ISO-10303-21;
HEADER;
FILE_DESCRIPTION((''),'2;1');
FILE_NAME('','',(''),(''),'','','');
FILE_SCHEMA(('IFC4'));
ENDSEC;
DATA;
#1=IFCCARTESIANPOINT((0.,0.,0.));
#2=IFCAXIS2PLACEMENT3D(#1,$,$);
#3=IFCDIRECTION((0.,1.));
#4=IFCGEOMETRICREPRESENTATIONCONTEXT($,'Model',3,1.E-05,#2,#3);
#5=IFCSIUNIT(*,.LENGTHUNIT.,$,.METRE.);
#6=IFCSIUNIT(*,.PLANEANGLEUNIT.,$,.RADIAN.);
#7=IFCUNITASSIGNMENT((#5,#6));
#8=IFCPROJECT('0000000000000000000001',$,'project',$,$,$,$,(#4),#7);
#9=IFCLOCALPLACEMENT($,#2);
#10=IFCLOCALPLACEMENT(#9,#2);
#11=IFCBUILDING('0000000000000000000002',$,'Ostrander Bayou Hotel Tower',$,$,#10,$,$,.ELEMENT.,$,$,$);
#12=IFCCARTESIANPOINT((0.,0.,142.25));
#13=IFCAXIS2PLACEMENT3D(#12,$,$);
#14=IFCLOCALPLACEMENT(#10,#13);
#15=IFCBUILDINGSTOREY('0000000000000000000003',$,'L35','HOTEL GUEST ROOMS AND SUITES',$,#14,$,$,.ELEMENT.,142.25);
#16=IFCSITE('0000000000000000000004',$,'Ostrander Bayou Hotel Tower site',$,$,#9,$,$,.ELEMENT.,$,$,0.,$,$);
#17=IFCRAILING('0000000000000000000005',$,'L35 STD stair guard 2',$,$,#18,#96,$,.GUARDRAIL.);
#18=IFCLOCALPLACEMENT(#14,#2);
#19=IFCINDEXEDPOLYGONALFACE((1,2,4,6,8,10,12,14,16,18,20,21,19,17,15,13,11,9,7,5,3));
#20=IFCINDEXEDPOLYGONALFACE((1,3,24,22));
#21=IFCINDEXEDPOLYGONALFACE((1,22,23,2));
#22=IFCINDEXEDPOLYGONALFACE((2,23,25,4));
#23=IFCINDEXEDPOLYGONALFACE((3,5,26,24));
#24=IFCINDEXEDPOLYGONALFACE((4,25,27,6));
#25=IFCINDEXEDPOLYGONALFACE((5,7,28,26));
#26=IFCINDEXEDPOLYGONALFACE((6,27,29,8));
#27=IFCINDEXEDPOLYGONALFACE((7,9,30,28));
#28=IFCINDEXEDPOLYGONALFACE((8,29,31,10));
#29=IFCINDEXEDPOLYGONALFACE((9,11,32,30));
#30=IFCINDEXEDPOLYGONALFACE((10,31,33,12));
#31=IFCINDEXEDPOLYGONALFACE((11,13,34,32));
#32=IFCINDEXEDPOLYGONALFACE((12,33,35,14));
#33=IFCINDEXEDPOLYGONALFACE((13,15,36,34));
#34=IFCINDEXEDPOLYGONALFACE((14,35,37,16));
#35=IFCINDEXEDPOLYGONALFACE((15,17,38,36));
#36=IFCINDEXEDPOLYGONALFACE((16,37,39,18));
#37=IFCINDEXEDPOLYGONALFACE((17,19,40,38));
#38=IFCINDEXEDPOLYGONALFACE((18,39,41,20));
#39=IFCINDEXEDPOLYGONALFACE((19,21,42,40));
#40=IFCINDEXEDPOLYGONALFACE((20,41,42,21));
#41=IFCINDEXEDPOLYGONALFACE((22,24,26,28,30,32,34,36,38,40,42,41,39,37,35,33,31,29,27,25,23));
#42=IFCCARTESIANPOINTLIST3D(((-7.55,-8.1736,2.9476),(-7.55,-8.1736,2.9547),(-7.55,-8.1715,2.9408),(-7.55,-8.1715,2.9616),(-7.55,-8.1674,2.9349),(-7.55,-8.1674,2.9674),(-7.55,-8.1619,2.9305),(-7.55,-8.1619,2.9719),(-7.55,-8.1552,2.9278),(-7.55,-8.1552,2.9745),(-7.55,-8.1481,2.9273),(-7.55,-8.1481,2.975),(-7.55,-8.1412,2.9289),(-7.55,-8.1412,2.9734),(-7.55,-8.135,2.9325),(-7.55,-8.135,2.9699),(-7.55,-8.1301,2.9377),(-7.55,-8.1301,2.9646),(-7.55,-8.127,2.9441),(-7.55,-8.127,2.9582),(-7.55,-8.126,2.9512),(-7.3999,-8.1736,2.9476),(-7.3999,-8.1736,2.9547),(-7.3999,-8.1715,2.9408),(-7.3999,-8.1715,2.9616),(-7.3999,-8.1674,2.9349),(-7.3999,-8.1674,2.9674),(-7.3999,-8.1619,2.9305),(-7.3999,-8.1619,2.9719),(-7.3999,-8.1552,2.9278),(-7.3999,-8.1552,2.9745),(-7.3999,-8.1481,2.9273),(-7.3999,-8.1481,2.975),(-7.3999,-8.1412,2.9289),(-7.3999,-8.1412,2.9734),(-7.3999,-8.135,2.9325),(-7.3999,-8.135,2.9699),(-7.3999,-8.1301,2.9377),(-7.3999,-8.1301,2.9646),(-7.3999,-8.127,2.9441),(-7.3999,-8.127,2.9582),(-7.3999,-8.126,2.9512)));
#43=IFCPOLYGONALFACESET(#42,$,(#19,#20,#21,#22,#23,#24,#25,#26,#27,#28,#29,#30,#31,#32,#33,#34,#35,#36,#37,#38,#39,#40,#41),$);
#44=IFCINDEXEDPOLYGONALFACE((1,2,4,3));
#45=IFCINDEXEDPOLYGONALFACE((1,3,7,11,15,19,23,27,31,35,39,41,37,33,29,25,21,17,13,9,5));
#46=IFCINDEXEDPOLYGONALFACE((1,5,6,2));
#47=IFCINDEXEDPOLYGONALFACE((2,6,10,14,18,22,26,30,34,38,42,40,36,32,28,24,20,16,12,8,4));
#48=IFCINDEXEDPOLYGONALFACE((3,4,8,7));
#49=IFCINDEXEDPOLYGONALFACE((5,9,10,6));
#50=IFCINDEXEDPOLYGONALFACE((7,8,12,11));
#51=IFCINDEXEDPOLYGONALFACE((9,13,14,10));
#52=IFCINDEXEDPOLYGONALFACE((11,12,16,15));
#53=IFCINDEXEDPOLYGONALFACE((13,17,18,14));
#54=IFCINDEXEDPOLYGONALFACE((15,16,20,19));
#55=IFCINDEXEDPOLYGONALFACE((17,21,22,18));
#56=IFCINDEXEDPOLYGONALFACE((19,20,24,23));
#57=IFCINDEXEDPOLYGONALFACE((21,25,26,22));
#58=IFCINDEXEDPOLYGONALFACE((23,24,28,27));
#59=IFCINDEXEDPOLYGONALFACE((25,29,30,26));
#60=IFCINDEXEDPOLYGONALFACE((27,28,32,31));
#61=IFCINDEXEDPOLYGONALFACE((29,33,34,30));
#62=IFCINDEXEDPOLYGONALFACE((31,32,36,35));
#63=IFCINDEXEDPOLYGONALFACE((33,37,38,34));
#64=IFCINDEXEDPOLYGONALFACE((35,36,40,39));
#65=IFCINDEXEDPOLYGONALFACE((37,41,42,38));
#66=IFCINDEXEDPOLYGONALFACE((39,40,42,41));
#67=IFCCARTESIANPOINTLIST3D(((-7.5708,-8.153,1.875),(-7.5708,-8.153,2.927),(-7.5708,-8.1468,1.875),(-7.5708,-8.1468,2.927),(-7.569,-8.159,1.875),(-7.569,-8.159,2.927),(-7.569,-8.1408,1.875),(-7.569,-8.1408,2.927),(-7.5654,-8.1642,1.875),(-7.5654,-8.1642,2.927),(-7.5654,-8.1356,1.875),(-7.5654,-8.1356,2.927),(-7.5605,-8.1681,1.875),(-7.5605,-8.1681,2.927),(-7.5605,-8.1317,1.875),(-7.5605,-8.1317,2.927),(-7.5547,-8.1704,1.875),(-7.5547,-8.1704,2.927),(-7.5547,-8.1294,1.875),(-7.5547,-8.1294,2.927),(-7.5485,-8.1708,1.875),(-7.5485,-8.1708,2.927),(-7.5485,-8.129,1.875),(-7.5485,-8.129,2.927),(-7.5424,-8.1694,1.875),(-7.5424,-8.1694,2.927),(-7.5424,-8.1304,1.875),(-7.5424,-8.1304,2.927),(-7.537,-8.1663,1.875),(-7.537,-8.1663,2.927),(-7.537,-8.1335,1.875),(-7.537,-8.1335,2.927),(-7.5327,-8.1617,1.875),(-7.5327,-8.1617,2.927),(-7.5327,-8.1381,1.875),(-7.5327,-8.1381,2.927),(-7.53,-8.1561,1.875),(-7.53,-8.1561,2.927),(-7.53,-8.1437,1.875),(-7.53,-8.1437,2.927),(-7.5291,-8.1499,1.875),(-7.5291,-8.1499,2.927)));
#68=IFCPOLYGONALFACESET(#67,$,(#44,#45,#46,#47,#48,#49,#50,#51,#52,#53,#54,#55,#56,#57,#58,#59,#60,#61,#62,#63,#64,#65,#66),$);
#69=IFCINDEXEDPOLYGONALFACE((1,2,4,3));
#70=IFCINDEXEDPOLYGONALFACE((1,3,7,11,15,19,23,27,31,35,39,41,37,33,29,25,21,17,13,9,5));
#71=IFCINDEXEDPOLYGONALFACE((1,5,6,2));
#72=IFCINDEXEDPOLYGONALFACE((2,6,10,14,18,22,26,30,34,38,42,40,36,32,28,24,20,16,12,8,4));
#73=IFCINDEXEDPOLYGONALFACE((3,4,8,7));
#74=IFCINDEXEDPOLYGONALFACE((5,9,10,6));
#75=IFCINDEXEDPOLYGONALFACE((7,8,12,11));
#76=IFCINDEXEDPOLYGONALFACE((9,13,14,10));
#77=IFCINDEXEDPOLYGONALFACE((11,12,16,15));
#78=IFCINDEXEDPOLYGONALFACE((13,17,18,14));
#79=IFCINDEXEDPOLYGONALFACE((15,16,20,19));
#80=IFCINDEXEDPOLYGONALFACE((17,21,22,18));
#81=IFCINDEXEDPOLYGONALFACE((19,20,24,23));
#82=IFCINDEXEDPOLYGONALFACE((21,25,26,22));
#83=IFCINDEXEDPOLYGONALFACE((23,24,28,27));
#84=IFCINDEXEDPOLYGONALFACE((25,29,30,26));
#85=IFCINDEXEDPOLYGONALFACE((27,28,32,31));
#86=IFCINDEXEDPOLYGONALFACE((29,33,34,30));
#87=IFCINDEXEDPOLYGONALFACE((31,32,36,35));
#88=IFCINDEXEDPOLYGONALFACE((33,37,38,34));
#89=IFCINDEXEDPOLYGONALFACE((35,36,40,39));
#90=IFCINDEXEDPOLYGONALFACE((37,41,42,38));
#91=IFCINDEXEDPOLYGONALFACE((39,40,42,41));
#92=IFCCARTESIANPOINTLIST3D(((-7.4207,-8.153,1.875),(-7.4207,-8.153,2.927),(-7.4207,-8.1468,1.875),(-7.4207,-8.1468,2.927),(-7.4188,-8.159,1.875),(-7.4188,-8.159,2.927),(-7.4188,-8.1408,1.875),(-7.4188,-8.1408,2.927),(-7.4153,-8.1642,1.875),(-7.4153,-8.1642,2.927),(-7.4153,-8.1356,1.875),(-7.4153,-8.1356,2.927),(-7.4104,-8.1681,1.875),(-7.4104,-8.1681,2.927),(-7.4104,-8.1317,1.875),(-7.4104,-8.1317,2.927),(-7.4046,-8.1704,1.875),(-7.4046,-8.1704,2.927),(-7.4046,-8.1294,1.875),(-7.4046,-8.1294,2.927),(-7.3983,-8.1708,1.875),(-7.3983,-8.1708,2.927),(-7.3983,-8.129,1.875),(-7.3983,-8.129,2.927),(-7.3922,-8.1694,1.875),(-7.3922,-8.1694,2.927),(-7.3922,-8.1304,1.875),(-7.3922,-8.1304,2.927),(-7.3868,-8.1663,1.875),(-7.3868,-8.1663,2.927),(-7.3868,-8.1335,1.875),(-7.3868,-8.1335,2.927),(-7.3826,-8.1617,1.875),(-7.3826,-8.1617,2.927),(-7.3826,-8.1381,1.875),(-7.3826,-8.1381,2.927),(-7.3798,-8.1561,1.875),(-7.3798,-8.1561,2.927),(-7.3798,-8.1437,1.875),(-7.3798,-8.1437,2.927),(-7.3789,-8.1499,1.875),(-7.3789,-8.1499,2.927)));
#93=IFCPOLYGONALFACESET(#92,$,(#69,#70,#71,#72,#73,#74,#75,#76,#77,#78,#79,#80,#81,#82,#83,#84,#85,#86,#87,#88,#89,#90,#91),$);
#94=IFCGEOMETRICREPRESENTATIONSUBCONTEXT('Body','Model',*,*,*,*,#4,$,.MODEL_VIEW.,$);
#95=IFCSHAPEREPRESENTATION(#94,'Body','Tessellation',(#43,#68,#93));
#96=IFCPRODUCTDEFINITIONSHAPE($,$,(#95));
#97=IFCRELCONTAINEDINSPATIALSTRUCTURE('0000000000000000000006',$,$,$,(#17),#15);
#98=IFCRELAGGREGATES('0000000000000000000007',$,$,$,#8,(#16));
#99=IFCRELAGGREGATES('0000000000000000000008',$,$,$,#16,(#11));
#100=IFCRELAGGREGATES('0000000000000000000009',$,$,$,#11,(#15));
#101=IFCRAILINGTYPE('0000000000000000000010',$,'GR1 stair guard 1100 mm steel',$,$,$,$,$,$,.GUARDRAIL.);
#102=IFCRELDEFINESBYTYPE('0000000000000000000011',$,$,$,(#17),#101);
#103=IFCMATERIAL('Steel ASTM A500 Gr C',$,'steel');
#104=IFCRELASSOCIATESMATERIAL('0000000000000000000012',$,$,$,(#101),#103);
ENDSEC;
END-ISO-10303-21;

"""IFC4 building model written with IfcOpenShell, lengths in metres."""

from ifc_helpers import new_model, si_unit, direction, frame, origin, origin_2d, place, context, subcontext, project, spatial, circle, extrude, material, type_object, element, save


model = new_model("IFC4")

# Units and contexts
model_context = context("Model", 3, precision=1e-05, world=origin(), true_north=direction((0.0, 1.0)))
body_context = subcontext(model_context, "Body", "Model", "MODEL_VIEW")
ifc_project = project(units=[si_unit("LENGTHUNIT", "METRE"), si_unit("PLANEANGLEUNIT", "RADIAN")], contexts=[model_context])

# Site, building, storey
site_placement = place(None, origin())
site = spatial("IfcSite", under=ifc_project, at=site_placement, Name="Ostrander Bayou Hotel Tower site", CompositionType="ELEMENT", RefElevation=0.0)
building_placement = place(site_placement, origin())
building = spatial("IfcBuilding", under=site, at=building_placement, Name="Ostrander Bayou Hotel Tower", CompositionType="ELEMENT")
storey_placement = place(building_placement, frame((0.0, 0.0, 142.25)))
storey = spatial("IfcBuildingStorey", under=building, at=storey_placement, Name="L35", Description="HOTEL GUEST ROOMS AND SUITES", CompositionType="ELEMENT", Elevation=142.25)

# Railing
ifc_material_1 = material(Name="Steel ASTM A500 Gr C", Category="steel")
railing_type_1 = type_object("IfcRailingType", Name="GR1 stair guard 1100 mm steel", PredefinedType="GUARDRAIL", material=ifc_material_1)
railing_1_placement = place(storey_placement, frame((-7.55, -8.1499, 1.875)))
element("IfcRailing", 1, at=railing_1_placement, inside=storey, type_object=railing_type_1, Name="L35 STD stair guard 2", PredefinedType="GUARDRAIL", context=body_context, shape_type="SweptSolid", body=[
    extrude(circle(Radius=0.0239, at=origin_2d()), frame((0.0, 0.0, 1.0762), z_axis=(1.0, 0.0, 0.0), x_axis=(0.0, 1.0, 0.0)), (0.0, 0.0, 1.0), 0.1501),
    extrude(circle(Radius=0.021, at=origin_2d()), origin(), (0.0, 0.0, 1.0), 1.052),
    extrude(circle(Radius=0.021, at=origin_2d()), frame((0.1501, 0.0, 0.0)), (0.0, 0.0, 1.0), 1.052),
])

save(model, "model.ifc")
